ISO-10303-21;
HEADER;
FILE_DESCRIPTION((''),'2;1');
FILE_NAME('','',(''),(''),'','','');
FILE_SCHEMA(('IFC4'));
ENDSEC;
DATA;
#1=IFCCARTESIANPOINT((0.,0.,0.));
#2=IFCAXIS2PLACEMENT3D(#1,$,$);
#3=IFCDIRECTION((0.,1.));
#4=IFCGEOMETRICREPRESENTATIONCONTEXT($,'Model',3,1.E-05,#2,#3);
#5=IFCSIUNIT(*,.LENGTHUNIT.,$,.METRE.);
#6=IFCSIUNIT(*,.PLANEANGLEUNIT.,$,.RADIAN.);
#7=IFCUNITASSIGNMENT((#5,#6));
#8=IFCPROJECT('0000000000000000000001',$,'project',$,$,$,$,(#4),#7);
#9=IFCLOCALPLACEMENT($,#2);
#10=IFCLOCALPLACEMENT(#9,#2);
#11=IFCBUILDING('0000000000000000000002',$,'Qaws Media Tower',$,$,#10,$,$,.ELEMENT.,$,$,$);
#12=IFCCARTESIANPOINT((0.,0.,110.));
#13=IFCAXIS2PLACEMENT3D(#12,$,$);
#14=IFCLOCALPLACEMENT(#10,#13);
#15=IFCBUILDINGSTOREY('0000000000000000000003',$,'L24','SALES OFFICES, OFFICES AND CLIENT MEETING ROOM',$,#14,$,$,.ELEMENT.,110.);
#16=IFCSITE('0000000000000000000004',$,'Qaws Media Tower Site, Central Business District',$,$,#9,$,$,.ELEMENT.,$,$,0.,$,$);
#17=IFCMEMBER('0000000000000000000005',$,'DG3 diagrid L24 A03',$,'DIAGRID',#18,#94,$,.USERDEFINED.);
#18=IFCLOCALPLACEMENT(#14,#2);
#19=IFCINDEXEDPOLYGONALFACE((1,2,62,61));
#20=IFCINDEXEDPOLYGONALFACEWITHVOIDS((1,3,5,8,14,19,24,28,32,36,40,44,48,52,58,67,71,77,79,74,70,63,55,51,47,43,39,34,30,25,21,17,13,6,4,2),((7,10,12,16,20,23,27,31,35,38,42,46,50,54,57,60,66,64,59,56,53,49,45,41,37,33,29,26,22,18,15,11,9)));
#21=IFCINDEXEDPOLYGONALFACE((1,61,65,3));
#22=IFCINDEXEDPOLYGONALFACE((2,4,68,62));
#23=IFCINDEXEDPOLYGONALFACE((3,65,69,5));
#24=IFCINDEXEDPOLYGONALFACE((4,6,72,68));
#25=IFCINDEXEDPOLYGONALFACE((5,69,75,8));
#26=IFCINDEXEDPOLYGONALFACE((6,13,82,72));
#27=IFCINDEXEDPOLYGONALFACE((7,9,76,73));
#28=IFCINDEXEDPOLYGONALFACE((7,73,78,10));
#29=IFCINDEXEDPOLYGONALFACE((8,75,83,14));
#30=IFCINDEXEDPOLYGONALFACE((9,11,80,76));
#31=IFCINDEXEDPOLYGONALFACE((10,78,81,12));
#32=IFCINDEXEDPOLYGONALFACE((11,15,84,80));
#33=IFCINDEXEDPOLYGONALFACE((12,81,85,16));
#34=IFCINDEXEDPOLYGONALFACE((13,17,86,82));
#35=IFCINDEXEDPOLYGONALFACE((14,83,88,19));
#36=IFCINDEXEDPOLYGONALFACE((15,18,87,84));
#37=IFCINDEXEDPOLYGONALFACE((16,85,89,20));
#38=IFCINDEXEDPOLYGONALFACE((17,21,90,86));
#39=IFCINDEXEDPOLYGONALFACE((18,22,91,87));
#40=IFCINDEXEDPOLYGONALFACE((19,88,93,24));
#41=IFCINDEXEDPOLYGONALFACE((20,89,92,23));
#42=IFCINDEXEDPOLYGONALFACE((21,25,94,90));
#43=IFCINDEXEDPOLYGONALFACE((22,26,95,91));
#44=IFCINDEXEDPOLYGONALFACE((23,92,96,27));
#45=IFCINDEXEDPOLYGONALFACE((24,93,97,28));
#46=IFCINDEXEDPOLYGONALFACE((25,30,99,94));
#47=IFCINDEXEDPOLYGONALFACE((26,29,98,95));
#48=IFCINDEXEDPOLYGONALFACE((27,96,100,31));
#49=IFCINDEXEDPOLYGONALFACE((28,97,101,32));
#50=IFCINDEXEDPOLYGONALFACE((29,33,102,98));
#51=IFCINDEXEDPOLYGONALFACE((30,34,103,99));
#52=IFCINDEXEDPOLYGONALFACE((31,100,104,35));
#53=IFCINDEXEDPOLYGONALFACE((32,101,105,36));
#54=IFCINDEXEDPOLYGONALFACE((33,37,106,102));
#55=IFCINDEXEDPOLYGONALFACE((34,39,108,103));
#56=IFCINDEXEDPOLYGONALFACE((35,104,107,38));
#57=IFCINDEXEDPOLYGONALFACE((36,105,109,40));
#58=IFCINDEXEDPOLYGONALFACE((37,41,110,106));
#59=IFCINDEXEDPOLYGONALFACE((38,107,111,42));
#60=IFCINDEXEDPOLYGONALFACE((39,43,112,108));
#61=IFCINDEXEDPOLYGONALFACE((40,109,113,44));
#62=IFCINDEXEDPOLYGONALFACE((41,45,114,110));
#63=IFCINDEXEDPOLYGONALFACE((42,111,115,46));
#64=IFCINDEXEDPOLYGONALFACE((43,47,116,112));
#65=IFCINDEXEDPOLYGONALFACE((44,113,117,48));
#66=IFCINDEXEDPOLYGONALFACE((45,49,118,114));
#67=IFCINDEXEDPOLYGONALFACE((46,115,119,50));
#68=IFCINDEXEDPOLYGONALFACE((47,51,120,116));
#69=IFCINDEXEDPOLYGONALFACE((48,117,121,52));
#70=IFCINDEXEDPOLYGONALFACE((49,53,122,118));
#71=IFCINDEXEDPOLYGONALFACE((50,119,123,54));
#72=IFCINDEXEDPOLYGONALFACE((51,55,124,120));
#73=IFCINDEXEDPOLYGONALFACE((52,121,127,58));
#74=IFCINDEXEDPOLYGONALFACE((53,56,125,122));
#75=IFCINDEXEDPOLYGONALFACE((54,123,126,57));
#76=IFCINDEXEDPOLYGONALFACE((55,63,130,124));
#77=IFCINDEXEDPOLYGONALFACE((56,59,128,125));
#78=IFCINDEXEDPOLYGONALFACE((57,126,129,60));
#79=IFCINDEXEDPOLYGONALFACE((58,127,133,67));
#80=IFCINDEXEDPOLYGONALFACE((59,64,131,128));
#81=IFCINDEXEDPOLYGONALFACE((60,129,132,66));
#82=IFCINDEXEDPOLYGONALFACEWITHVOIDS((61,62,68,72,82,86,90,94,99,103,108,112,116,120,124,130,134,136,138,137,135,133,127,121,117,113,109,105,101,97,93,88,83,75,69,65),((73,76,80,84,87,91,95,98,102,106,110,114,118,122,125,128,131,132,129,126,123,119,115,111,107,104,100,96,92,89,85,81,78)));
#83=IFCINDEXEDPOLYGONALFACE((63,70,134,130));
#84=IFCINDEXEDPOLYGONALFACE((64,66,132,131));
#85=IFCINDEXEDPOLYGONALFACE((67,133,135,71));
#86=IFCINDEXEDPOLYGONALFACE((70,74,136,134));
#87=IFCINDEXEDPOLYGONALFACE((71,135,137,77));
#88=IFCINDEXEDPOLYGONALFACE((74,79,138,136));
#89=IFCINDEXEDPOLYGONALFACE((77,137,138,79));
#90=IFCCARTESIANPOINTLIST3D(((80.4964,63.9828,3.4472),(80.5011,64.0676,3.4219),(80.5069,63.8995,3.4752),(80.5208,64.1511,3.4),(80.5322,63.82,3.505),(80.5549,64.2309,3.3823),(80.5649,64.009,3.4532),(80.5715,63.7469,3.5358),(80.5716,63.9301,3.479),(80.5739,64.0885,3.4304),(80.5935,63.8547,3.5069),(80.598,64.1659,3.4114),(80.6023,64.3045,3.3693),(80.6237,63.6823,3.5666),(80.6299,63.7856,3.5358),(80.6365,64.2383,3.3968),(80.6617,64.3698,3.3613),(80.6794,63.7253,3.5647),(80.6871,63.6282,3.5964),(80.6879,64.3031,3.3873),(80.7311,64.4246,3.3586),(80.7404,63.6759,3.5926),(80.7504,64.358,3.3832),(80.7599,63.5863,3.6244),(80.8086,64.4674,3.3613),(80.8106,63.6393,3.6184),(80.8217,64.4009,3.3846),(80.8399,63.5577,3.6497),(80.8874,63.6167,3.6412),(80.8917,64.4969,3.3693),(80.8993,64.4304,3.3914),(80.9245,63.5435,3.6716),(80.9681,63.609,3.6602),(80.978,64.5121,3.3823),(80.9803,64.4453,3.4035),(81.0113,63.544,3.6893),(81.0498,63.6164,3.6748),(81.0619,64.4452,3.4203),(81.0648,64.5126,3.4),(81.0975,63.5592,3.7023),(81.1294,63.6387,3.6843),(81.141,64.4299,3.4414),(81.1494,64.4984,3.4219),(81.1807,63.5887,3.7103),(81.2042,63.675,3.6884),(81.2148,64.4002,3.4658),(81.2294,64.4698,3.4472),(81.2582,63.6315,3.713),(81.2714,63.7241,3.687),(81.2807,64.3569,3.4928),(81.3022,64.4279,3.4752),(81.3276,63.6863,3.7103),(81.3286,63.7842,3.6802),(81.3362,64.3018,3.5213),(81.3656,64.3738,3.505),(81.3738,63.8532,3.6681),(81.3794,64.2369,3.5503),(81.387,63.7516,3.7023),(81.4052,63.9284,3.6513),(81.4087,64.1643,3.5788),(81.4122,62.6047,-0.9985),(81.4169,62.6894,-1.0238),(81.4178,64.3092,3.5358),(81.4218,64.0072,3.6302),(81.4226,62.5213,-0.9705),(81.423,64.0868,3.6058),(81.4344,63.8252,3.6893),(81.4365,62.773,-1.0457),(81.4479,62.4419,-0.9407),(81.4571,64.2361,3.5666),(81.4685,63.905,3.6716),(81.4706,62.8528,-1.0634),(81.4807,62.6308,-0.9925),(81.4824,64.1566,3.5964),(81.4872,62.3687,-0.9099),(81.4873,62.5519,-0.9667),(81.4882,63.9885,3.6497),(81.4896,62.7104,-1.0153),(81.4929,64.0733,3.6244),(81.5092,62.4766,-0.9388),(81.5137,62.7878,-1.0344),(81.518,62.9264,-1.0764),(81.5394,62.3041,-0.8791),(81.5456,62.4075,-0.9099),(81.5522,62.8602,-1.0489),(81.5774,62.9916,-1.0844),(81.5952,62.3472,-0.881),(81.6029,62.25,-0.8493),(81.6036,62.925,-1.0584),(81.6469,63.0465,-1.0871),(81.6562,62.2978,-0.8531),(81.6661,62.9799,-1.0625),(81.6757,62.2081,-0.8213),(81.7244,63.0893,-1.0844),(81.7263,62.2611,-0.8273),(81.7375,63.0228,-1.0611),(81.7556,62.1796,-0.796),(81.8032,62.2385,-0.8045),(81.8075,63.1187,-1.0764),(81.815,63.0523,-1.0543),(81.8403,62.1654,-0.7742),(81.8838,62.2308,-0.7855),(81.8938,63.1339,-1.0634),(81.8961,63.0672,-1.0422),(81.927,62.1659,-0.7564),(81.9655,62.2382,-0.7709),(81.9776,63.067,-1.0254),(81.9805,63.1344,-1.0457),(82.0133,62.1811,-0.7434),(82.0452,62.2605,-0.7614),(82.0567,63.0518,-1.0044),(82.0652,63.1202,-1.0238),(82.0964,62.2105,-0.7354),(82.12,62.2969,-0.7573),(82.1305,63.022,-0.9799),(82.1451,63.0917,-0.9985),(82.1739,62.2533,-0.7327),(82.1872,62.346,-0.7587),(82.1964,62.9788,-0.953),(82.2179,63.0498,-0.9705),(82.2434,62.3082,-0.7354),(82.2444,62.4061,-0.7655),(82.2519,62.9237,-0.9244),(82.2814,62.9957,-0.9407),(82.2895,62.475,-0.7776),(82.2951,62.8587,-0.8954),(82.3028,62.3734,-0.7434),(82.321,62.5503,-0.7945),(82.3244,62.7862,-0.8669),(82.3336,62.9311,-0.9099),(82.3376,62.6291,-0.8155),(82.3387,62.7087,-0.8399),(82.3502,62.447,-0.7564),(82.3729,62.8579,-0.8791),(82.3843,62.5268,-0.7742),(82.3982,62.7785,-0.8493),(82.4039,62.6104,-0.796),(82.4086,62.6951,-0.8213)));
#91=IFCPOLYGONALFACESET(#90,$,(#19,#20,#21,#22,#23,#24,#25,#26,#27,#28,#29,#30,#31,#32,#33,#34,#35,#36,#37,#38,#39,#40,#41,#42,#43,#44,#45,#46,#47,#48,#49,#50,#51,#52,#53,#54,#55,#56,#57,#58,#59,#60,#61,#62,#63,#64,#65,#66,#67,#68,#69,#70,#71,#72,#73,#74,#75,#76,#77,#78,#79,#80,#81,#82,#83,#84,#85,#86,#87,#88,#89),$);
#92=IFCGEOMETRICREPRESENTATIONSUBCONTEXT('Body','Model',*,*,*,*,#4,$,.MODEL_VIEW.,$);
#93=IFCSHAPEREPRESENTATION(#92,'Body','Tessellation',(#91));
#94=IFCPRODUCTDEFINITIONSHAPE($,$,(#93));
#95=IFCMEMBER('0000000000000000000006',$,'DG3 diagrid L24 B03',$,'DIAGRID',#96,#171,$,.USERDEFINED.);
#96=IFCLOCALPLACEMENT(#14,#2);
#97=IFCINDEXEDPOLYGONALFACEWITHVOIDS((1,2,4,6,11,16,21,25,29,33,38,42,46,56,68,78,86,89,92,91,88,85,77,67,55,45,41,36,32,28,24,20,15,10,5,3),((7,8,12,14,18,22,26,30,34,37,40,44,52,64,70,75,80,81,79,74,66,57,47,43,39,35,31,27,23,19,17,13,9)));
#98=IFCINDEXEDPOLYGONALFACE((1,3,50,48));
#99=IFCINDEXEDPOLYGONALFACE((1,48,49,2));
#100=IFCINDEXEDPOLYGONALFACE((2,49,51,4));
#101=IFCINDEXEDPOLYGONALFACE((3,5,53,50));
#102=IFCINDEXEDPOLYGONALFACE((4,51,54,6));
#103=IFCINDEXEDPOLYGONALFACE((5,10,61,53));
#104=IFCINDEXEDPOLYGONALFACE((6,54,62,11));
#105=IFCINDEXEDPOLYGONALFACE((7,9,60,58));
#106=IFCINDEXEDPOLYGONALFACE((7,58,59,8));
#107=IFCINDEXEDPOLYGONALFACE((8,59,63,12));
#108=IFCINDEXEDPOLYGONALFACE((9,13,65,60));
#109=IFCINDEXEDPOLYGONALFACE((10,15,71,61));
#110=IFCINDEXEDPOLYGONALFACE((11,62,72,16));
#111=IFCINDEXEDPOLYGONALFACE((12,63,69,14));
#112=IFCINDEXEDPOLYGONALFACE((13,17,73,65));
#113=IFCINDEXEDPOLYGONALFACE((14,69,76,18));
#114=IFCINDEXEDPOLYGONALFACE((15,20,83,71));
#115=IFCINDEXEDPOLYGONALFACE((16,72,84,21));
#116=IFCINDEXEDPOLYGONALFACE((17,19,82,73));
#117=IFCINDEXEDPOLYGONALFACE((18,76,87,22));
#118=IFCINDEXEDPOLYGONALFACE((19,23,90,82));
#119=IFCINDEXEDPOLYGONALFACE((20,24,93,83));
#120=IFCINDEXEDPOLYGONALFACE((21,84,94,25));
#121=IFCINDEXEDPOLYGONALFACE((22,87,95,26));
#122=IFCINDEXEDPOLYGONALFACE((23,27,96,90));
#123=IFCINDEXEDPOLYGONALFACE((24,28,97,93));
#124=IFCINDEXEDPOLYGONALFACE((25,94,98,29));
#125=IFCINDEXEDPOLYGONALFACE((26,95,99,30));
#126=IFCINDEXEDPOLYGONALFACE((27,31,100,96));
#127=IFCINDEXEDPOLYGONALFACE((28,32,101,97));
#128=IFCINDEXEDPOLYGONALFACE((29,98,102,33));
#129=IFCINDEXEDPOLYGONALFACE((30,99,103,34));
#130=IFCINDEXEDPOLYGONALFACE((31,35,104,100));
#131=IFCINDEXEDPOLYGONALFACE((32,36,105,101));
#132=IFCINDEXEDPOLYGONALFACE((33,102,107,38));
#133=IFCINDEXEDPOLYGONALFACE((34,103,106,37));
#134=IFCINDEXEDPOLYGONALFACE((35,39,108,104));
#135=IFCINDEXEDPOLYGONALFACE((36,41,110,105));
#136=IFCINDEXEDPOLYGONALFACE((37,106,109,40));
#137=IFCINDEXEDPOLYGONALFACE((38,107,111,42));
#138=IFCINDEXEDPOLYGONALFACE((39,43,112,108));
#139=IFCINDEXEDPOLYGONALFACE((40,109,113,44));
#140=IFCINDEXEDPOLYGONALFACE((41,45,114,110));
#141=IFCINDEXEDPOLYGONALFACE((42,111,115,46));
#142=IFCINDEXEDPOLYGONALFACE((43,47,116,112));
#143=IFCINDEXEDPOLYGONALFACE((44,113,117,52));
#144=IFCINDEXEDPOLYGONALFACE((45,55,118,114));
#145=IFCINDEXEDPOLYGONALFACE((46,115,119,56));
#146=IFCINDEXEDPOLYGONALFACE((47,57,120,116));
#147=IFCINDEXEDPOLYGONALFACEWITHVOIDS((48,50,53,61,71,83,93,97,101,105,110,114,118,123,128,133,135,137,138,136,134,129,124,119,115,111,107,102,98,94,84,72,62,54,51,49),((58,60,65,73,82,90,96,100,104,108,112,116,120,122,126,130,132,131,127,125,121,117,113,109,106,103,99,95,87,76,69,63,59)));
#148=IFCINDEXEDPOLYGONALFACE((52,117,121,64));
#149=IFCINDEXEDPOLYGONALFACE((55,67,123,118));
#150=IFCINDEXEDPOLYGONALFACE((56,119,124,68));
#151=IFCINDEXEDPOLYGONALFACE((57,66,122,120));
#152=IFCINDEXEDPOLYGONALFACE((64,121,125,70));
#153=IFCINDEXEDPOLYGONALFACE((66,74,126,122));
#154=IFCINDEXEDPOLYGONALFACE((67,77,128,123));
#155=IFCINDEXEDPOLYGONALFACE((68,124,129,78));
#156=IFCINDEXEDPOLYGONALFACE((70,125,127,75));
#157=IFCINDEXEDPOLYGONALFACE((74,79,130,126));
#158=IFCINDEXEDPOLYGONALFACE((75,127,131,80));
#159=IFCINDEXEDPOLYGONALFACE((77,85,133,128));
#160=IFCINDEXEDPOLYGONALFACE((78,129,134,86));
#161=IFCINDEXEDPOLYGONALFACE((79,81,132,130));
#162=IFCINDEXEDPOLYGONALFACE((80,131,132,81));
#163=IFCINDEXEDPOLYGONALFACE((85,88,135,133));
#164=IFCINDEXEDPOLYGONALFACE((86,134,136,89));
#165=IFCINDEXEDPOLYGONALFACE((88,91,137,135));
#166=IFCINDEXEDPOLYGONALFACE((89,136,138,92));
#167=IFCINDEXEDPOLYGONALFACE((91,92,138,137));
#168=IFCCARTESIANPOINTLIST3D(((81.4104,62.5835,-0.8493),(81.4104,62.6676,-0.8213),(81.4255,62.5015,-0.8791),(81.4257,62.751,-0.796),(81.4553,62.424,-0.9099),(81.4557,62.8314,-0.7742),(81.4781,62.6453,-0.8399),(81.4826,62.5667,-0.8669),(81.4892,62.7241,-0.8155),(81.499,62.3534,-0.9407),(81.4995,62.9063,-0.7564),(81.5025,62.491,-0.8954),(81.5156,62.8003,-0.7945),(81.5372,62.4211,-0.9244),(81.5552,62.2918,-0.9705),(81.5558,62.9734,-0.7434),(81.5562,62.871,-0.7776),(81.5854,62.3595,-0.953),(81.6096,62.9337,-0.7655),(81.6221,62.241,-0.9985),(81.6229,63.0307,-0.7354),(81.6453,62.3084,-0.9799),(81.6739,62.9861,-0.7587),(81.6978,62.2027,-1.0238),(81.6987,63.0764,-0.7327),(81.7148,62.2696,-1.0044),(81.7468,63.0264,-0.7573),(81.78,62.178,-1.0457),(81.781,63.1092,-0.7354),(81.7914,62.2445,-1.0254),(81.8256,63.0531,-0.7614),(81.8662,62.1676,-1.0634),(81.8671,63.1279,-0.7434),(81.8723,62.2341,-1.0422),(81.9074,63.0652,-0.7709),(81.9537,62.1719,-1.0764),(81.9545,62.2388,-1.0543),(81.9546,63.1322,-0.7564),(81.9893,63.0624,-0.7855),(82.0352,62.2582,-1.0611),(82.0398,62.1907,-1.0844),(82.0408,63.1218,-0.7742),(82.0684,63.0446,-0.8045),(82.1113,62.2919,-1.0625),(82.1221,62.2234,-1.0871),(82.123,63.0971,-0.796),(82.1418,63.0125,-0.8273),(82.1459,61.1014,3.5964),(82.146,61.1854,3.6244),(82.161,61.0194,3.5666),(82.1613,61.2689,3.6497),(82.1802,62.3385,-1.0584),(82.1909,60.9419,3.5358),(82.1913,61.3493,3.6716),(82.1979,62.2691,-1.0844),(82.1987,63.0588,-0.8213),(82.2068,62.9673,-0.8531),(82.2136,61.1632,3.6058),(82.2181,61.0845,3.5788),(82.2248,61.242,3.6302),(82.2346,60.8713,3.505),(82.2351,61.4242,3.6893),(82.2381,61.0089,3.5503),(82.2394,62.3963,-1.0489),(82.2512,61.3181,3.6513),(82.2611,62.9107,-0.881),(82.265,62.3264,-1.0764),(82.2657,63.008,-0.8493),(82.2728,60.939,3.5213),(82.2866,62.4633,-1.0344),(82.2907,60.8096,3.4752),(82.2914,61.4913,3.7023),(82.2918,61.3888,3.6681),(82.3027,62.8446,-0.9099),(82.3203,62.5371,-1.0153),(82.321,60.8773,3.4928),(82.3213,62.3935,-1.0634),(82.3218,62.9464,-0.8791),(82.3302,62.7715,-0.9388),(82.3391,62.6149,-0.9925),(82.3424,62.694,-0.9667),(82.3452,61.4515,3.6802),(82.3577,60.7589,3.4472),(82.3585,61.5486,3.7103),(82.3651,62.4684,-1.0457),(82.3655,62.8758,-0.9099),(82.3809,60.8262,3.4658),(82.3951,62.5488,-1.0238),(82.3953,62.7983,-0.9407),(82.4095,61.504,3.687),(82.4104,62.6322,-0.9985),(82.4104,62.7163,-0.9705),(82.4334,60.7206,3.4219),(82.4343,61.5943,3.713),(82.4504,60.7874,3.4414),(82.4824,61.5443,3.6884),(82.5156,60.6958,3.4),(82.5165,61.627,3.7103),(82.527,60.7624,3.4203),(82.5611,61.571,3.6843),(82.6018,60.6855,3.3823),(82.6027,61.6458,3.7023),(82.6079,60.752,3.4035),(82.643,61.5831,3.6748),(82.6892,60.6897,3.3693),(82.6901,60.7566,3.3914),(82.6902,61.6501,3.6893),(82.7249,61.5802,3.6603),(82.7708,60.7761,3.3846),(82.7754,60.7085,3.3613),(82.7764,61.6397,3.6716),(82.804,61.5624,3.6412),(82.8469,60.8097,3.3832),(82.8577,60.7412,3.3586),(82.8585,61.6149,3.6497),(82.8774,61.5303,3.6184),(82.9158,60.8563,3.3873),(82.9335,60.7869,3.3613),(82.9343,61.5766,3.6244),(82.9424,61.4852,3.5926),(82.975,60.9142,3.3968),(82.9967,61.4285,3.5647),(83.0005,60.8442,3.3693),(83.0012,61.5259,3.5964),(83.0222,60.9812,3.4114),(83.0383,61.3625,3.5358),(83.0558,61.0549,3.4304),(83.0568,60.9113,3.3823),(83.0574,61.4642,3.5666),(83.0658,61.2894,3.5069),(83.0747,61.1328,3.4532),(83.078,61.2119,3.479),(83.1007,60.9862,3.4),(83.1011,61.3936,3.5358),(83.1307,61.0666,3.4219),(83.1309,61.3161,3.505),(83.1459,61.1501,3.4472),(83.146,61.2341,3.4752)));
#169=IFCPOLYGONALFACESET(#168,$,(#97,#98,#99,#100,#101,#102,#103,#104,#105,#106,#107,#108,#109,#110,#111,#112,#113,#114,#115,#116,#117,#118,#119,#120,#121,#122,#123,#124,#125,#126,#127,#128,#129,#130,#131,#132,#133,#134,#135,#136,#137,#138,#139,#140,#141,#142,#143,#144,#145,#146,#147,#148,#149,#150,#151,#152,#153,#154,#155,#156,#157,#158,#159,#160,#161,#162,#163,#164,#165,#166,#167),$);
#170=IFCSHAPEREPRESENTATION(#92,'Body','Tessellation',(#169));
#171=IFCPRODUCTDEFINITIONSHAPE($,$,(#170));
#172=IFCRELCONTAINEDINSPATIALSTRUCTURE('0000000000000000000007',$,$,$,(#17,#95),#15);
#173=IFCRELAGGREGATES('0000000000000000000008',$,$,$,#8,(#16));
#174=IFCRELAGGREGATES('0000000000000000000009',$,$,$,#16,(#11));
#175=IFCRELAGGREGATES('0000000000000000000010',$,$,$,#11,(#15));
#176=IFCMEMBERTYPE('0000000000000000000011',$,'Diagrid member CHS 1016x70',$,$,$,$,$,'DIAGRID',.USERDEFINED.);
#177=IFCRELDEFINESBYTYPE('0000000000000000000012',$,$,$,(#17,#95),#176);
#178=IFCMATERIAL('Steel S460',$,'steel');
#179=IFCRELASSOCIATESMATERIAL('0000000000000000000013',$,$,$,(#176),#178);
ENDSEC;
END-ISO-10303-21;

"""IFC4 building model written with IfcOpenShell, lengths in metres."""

from ifc_helpers import new_model, si_unit, direction, frame, origin, origin_2d, place, context, subcontext, project, spatial, hollow_circle, extrude, material, material_profile, profile_set, type_object, element, save


model = new_model("IFC4")

# Units and contexts
model_context = context("Model", 3, precision=1e-05, world=origin(), true_north=direction((0.0, 1.0)))
body_context = subcontext(model_context, "Body", "Model", "MODEL_VIEW")
ifc_project = project(units=[si_unit("LENGTHUNIT", "METRE"), si_unit("PLANEANGLEUNIT", "RADIAN")], contexts=[model_context])

# Site, building, storey
site_placement = place(None, origin())
site = spatial("IfcSite", under=ifc_project, at=site_placement, Name="Qaws Media Tower Site, Central Business District", CompositionType="ELEMENT", RefElevation=0.0)
building_placement = place(site_placement, origin())
building = spatial("IfcBuilding", under=site, at=building_placement, Name="Qaws Media Tower", CompositionType="ELEMENT")
storey_placement = place(building_placement, frame((0.0, 0.0, 110.0)))
storey = spatial("IfcBuildingStorey", under=building, at=storey_placement, Name="L24", Description="SALES OFFICES, OFFICES AND CLIENT MEETING ROOM", CompositionType="ELEMENT", Elevation=110.0)

# Members
ifc_material_1 = material(Name="Steel S460", Category="steel")
ifc_material_profile_1 = material_profile(ifc_material_1, hollow_circle(Radius=0.5081, WallThickness=0.0701, at=origin_2d()), Name="CHS 1016x70")
ifc_profile_set_1 = profile_set([ifc_material_profile_1], Name="Steel S460")
member_type_1 = type_object("IfcMemberType", Name="Diagrid member CHS 1016x70", ElementType="DIAGRID", PredefinedType="USERDEFINED", material=ifc_profile_set_1)
for number, where, z_axis, x_axis, name in (
    (1, (81.9104, 62.6499, -0.9099), (-0.193048, 0.290524, 0.937192), (-0.832889, -0.55344, 0.0), "DG3 diagrid L24 A03"),
    (2, (81.9104, 62.6499, -0.9099), (0.155067, -0.312449, 0.937193), (0.895751, 0.444556, 0.0), "DG3 diagrid L24 B03"),
):
    element("IfcMember", number, at=place(storey_placement, frame(where, z_axis=z_axis, x_axis=x_axis)), inside=storey, type_object=member_type_1, Name=name, ObjectType="DIAGRID", PredefinedType="USERDEFINED", context=body_context, shape_type="SweptSolid", body=[
        extrude(hollow_circle(Radius=0.5081, WallThickness=0.0701, at=origin_2d()), origin(), (0.0, 0.0, 1.0), 4.7437),
    ])

save(model, "model.ifc")
